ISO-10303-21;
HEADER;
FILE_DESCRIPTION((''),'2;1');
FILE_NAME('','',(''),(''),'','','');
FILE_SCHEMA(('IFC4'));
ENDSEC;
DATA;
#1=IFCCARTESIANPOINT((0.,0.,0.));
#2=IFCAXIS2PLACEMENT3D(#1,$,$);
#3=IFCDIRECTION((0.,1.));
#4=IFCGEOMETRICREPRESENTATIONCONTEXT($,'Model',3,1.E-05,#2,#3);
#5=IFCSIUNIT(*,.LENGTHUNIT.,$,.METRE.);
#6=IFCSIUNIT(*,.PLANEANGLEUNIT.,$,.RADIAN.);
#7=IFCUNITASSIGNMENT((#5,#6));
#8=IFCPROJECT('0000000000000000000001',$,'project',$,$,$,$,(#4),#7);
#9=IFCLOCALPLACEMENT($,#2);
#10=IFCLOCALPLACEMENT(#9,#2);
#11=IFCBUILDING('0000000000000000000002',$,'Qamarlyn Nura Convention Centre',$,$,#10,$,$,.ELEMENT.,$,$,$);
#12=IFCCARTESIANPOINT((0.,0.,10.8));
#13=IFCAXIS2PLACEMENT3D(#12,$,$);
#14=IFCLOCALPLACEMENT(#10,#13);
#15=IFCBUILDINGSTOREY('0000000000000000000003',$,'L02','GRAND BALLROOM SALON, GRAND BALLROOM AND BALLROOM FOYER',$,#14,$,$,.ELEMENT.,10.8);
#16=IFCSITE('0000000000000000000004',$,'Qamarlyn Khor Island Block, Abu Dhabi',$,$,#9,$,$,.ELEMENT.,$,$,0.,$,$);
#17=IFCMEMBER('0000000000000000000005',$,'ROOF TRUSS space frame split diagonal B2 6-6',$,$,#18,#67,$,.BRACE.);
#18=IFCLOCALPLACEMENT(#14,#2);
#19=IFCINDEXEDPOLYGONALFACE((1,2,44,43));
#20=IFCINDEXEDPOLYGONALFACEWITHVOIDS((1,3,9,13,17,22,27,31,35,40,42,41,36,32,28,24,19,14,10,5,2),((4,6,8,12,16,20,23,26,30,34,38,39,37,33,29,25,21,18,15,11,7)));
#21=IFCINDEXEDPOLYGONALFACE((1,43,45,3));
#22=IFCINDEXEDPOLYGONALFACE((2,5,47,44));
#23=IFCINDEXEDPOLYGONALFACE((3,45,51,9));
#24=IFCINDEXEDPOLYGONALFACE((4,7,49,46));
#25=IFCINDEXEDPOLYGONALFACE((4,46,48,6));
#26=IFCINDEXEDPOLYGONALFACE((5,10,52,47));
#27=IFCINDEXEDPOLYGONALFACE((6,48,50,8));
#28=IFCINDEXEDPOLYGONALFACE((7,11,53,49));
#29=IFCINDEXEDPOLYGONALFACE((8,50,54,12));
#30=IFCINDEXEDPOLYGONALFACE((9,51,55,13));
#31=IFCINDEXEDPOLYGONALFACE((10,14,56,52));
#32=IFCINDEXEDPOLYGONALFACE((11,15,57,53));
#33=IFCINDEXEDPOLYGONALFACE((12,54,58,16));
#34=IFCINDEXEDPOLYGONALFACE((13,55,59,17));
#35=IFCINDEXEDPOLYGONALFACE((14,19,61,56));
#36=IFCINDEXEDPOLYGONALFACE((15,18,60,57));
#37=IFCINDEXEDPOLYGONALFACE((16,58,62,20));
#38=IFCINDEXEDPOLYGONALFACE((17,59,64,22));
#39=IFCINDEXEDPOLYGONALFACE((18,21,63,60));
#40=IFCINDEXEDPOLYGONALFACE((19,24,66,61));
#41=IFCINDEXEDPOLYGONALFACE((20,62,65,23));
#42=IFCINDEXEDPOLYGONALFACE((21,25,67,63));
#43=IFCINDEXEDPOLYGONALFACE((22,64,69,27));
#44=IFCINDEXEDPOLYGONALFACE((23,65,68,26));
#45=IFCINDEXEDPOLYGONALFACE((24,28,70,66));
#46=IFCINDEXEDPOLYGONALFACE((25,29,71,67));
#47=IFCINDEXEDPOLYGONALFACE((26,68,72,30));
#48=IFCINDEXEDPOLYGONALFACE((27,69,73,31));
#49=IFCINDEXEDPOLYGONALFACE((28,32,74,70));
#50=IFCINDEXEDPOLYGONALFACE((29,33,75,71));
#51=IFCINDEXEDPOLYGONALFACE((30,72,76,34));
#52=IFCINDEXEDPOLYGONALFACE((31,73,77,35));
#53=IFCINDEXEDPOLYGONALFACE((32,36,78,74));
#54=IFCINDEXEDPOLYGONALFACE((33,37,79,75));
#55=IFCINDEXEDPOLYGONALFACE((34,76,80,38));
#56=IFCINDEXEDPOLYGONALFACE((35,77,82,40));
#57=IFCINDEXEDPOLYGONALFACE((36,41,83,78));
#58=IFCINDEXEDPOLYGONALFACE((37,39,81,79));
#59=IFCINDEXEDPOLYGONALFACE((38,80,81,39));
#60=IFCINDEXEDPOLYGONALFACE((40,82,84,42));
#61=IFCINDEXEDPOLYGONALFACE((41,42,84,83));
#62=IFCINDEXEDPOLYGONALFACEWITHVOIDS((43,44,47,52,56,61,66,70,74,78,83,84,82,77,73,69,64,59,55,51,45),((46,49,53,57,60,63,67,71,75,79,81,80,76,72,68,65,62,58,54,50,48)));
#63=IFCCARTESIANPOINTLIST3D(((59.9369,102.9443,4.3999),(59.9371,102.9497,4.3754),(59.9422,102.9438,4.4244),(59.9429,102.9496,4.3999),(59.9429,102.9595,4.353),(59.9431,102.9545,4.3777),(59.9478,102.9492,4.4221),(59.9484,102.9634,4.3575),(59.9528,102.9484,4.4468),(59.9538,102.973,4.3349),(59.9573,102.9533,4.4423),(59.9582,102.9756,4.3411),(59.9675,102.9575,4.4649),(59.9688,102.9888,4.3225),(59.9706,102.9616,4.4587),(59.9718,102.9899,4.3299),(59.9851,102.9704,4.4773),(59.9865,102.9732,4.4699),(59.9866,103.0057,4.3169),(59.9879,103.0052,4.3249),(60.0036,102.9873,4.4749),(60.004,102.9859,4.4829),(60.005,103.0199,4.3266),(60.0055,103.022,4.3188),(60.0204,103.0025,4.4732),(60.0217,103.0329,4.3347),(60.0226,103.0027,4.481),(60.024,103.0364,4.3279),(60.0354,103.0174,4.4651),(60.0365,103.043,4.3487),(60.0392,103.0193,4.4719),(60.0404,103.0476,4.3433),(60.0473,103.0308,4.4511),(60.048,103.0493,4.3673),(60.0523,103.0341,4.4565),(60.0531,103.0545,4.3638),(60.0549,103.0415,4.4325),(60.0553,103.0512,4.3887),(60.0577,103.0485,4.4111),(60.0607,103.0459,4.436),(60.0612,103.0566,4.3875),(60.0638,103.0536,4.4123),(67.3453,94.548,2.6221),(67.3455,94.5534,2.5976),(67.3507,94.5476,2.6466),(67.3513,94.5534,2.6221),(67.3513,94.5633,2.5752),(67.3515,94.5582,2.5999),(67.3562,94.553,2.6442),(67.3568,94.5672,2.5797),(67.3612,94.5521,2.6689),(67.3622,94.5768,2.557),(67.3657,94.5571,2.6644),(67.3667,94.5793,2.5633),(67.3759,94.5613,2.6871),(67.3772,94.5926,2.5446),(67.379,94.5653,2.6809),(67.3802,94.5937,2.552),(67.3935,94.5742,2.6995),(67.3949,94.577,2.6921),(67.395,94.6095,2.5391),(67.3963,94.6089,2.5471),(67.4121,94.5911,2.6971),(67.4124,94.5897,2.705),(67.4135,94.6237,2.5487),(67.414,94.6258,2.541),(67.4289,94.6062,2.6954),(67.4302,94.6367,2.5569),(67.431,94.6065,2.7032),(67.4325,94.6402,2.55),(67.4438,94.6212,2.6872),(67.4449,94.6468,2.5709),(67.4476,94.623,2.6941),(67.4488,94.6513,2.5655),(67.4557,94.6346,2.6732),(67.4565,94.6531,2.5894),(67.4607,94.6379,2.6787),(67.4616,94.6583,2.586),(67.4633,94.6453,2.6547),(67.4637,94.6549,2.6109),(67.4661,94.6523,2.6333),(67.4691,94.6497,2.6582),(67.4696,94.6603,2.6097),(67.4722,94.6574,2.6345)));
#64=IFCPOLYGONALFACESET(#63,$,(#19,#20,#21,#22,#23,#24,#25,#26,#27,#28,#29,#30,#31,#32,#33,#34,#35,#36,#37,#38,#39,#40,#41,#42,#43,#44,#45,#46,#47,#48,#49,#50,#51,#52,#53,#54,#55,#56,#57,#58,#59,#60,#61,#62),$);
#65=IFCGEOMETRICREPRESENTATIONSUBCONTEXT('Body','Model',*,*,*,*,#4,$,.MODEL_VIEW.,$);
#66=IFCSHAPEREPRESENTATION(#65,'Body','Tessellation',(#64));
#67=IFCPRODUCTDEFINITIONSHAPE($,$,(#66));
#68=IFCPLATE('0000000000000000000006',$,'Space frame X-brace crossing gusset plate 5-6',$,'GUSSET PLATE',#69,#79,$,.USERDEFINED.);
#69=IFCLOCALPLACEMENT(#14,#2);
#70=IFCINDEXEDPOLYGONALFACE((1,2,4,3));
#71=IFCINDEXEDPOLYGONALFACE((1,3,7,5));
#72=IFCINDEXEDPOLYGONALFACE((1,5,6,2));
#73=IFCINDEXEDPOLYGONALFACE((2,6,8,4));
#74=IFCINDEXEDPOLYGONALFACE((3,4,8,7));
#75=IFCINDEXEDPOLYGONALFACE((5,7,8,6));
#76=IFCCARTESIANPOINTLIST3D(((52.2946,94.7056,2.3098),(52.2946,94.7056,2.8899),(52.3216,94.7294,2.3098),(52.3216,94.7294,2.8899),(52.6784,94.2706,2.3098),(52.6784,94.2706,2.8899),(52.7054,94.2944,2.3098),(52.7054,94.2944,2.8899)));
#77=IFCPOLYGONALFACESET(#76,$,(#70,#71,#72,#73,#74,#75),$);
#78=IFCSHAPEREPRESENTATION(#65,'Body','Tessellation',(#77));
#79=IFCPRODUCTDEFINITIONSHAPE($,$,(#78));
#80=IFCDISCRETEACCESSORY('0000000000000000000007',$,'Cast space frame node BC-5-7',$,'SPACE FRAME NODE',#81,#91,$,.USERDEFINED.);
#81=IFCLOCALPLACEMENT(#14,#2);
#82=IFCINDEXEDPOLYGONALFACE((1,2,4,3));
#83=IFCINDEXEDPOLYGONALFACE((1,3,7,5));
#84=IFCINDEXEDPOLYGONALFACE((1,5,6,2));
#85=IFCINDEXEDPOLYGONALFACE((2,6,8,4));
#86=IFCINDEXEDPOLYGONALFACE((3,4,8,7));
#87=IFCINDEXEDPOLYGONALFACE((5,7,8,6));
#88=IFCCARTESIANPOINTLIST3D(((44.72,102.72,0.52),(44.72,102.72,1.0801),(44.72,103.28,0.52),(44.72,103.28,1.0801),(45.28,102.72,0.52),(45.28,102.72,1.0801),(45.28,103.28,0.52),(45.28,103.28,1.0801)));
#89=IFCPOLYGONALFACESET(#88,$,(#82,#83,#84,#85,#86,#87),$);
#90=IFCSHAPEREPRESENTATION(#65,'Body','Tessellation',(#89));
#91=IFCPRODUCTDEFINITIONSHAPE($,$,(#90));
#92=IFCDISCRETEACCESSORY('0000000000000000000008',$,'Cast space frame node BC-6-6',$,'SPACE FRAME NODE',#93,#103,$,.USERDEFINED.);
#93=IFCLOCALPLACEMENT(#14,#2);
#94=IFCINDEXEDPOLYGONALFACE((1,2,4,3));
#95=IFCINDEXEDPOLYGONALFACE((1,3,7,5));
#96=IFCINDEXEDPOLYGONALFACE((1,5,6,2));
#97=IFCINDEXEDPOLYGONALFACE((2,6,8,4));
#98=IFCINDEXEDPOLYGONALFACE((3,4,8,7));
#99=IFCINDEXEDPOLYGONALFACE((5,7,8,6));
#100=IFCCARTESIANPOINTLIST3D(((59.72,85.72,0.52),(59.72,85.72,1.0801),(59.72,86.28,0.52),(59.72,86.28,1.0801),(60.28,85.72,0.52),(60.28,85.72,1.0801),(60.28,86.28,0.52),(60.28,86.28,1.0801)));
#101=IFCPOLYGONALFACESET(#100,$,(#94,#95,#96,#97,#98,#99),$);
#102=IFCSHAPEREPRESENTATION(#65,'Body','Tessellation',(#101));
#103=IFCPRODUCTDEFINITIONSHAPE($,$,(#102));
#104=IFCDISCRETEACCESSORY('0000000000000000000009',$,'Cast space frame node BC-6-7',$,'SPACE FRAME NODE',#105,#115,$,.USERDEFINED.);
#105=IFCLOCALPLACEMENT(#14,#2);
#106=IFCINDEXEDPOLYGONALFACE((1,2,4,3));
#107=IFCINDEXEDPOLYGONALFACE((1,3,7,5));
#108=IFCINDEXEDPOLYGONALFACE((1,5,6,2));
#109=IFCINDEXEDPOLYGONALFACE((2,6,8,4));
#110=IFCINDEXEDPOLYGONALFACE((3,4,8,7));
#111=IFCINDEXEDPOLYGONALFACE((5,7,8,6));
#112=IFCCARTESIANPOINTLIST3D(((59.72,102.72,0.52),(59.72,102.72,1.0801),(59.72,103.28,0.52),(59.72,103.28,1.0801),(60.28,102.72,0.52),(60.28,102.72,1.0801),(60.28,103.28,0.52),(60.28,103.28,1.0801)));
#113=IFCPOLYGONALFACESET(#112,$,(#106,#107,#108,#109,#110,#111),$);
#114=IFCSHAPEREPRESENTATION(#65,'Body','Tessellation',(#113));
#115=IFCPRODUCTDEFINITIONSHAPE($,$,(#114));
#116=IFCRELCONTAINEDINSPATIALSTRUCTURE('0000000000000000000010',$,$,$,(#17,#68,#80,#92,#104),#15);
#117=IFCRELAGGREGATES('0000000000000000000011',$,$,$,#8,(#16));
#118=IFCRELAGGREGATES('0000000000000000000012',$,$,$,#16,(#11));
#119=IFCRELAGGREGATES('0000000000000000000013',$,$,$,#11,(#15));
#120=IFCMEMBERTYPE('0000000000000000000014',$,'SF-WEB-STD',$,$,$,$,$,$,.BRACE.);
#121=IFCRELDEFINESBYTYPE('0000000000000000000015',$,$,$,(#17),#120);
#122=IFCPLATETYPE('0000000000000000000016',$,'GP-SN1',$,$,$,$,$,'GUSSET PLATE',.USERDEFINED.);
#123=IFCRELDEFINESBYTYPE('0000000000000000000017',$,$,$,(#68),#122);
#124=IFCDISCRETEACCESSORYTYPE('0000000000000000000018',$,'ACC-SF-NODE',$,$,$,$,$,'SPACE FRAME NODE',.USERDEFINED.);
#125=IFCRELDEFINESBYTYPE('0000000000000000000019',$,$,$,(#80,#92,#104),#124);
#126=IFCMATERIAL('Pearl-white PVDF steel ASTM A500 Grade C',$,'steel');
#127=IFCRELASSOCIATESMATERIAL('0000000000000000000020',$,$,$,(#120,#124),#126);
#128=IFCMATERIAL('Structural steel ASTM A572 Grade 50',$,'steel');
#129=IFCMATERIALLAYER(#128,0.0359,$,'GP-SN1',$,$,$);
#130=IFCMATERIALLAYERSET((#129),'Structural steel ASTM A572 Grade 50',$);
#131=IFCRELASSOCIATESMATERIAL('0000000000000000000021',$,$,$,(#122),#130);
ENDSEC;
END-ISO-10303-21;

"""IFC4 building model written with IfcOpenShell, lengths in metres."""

from ifc_helpers import new_model, si_unit, direction, frame, origin, origin_2d, place, context, subcontext, project, spatial, rectangle, hollow_circle, extrude, material, layer, layer_set, material_profile, profile_set, type_object, element, save


model = new_model("IFC4")

# Units and contexts
model_context = context("Model", 3, precision=1e-05, world=origin(), true_north=direction((0.0, 1.0)))
body_context = subcontext(model_context, "Body", "Model", "MODEL_VIEW")
ifc_project = project(units=[si_unit("LENGTHUNIT", "METRE"), si_unit("PLANEANGLEUNIT", "RADIAN")], contexts=[model_context])

# Site, building, storey
site_placement = place(None, origin())
site = spatial("IfcSite", under=ifc_project, at=site_placement, Name="Qamarlyn Khor Island Block, Abu Dhabi", CompositionType="ELEMENT", RefElevation=0.0)
building_placement = place(site_placement, origin())
building = spatial("IfcBuilding", under=site, at=building_placement, Name="Qamarlyn Nura Convention Centre", CompositionType="ELEMENT")
storey_placement = place(building_placement, frame((0.0, 0.0, 10.8)))
storey = spatial("IfcBuildingStorey", under=building, at=storey_placement, Name="L02", Description="GRAND BALLROOM SALON, GRAND BALLROOM AND BALLROOM FOYER", CompositionType="ELEMENT", Elevation=10.8)

# Member
ifc_material_1 = material(Name="Pearl-white PVDF steel ASTM A500 Grade C", Category="steel")
ifc_material_profile_1 = material_profile(ifc_material_1, hollow_circle(Radius=0.0842, WallThickness=0.0081, at=origin_2d()), Name="CHS168.3X8")
ifc_profile_set_1 = profile_set([ifc_material_profile_1], Name="Pearl-white PVDF steel ASTM A500 Grade C")
member_type_1 = type_object("IfcMemberType", Name="SF-WEB-STD", PredefinedType="BRACE", material=ifc_profile_set_1)
member_1_placement = place(storey_placement, frame((67.4084, 94.6038, 2.6221), z_axis=(-0.653437, 0.740562, 0.156808), x_axis=(-0.749838, -0.661622, 0.0)))
element("IfcMember", 1, at=member_1_placement, inside=storey, type_object=member_type_1, Name="ROOF TRUSS space frame split diagonal B2 6-6", PredefinedType="BRACE", context=body_context, shape_type="SweptSolid", body=[
    extrude(hollow_circle(Radius=0.0842, WallThickness=0.0081, at=origin_2d()), origin(), (0.0, 0.0, 1.0), 11.3376),
])

# Plate
ifc_material_2 = material(Name="Structural steel ASTM A572 Grade 50", Category="steel")
ifc_layer = layer(ifc_material_2, 0.0359, Name="GP-SN1")
ifc_layer_set = layer_set([ifc_layer], Name="Structural steel ASTM A572 Grade 50")
plate_type = type_object("IfcPlateType", Name="GP-SN1", ElementType="GUSSET PLATE", PredefinedType="USERDEFINED", material=ifc_layer_set)
plate_placement = place(storey_placement, frame((52.5, 94.5, 2.3098), z_axis=(0.0, 0.0, 1.0), x_axis=(-0.661622, 0.749837, 0.0)))
element("IfcPlate", 2, at=plate_placement, inside=storey, type_object=plate_type, Name="Space frame X-brace crossing gusset plate 5-6", ObjectType="GUSSET PLATE", PredefinedType="USERDEFINED", context=body_context, shape_type="SweptSolid", body=[
    extrude(rectangle(XDim=0.5801, YDim=0.0359, at=origin_2d()), origin(), (0.0, 0.0, 1.0), 0.5801),
])

# Discrete accessories
discrete_accessory_type = type_object("IfcDiscreteAccessoryType", Name="ACC-SF-NODE", ElementType="SPACE FRAME NODE", PredefinedType="USERDEFINED", material=ifc_material_1)
for number, where, z_axis, x_axis, name in (
    (3, (45.0, 103.0, 0.52), (0.0, 0.0, 1.0), (1.0, 0.0, 0.0), "Cast space frame node BC-5-7"),
    (4, (60.0, 86.0, 0.52), (0.0, 0.0, 1.0), (1.0, 0.0, 0.0), "Cast space frame node BC-6-6"),
    (5, (60.0, 103.0, 0.52), (0.0, 0.0, 1.0), (1.0, 0.0, 0.0), "Cast space frame node BC-6-7"),
):
    element("IfcDiscreteAccessory", number, at=place(storey_placement, frame(where, z_axis=z_axis, x_axis=x_axis)), inside=storey, type_object=discrete_accessory_type, Name=name, ObjectType="SPACE FRAME NODE", PredefinedType="USERDEFINED", context=body_context, shape_type="SweptSolid", body=[
        extrude(rectangle(XDim=0.5601, YDim=0.5601, at=origin_2d()), origin(), (0.0, 0.0, 1.0), 0.5601),
    ])

save(model, "model.ifc")
